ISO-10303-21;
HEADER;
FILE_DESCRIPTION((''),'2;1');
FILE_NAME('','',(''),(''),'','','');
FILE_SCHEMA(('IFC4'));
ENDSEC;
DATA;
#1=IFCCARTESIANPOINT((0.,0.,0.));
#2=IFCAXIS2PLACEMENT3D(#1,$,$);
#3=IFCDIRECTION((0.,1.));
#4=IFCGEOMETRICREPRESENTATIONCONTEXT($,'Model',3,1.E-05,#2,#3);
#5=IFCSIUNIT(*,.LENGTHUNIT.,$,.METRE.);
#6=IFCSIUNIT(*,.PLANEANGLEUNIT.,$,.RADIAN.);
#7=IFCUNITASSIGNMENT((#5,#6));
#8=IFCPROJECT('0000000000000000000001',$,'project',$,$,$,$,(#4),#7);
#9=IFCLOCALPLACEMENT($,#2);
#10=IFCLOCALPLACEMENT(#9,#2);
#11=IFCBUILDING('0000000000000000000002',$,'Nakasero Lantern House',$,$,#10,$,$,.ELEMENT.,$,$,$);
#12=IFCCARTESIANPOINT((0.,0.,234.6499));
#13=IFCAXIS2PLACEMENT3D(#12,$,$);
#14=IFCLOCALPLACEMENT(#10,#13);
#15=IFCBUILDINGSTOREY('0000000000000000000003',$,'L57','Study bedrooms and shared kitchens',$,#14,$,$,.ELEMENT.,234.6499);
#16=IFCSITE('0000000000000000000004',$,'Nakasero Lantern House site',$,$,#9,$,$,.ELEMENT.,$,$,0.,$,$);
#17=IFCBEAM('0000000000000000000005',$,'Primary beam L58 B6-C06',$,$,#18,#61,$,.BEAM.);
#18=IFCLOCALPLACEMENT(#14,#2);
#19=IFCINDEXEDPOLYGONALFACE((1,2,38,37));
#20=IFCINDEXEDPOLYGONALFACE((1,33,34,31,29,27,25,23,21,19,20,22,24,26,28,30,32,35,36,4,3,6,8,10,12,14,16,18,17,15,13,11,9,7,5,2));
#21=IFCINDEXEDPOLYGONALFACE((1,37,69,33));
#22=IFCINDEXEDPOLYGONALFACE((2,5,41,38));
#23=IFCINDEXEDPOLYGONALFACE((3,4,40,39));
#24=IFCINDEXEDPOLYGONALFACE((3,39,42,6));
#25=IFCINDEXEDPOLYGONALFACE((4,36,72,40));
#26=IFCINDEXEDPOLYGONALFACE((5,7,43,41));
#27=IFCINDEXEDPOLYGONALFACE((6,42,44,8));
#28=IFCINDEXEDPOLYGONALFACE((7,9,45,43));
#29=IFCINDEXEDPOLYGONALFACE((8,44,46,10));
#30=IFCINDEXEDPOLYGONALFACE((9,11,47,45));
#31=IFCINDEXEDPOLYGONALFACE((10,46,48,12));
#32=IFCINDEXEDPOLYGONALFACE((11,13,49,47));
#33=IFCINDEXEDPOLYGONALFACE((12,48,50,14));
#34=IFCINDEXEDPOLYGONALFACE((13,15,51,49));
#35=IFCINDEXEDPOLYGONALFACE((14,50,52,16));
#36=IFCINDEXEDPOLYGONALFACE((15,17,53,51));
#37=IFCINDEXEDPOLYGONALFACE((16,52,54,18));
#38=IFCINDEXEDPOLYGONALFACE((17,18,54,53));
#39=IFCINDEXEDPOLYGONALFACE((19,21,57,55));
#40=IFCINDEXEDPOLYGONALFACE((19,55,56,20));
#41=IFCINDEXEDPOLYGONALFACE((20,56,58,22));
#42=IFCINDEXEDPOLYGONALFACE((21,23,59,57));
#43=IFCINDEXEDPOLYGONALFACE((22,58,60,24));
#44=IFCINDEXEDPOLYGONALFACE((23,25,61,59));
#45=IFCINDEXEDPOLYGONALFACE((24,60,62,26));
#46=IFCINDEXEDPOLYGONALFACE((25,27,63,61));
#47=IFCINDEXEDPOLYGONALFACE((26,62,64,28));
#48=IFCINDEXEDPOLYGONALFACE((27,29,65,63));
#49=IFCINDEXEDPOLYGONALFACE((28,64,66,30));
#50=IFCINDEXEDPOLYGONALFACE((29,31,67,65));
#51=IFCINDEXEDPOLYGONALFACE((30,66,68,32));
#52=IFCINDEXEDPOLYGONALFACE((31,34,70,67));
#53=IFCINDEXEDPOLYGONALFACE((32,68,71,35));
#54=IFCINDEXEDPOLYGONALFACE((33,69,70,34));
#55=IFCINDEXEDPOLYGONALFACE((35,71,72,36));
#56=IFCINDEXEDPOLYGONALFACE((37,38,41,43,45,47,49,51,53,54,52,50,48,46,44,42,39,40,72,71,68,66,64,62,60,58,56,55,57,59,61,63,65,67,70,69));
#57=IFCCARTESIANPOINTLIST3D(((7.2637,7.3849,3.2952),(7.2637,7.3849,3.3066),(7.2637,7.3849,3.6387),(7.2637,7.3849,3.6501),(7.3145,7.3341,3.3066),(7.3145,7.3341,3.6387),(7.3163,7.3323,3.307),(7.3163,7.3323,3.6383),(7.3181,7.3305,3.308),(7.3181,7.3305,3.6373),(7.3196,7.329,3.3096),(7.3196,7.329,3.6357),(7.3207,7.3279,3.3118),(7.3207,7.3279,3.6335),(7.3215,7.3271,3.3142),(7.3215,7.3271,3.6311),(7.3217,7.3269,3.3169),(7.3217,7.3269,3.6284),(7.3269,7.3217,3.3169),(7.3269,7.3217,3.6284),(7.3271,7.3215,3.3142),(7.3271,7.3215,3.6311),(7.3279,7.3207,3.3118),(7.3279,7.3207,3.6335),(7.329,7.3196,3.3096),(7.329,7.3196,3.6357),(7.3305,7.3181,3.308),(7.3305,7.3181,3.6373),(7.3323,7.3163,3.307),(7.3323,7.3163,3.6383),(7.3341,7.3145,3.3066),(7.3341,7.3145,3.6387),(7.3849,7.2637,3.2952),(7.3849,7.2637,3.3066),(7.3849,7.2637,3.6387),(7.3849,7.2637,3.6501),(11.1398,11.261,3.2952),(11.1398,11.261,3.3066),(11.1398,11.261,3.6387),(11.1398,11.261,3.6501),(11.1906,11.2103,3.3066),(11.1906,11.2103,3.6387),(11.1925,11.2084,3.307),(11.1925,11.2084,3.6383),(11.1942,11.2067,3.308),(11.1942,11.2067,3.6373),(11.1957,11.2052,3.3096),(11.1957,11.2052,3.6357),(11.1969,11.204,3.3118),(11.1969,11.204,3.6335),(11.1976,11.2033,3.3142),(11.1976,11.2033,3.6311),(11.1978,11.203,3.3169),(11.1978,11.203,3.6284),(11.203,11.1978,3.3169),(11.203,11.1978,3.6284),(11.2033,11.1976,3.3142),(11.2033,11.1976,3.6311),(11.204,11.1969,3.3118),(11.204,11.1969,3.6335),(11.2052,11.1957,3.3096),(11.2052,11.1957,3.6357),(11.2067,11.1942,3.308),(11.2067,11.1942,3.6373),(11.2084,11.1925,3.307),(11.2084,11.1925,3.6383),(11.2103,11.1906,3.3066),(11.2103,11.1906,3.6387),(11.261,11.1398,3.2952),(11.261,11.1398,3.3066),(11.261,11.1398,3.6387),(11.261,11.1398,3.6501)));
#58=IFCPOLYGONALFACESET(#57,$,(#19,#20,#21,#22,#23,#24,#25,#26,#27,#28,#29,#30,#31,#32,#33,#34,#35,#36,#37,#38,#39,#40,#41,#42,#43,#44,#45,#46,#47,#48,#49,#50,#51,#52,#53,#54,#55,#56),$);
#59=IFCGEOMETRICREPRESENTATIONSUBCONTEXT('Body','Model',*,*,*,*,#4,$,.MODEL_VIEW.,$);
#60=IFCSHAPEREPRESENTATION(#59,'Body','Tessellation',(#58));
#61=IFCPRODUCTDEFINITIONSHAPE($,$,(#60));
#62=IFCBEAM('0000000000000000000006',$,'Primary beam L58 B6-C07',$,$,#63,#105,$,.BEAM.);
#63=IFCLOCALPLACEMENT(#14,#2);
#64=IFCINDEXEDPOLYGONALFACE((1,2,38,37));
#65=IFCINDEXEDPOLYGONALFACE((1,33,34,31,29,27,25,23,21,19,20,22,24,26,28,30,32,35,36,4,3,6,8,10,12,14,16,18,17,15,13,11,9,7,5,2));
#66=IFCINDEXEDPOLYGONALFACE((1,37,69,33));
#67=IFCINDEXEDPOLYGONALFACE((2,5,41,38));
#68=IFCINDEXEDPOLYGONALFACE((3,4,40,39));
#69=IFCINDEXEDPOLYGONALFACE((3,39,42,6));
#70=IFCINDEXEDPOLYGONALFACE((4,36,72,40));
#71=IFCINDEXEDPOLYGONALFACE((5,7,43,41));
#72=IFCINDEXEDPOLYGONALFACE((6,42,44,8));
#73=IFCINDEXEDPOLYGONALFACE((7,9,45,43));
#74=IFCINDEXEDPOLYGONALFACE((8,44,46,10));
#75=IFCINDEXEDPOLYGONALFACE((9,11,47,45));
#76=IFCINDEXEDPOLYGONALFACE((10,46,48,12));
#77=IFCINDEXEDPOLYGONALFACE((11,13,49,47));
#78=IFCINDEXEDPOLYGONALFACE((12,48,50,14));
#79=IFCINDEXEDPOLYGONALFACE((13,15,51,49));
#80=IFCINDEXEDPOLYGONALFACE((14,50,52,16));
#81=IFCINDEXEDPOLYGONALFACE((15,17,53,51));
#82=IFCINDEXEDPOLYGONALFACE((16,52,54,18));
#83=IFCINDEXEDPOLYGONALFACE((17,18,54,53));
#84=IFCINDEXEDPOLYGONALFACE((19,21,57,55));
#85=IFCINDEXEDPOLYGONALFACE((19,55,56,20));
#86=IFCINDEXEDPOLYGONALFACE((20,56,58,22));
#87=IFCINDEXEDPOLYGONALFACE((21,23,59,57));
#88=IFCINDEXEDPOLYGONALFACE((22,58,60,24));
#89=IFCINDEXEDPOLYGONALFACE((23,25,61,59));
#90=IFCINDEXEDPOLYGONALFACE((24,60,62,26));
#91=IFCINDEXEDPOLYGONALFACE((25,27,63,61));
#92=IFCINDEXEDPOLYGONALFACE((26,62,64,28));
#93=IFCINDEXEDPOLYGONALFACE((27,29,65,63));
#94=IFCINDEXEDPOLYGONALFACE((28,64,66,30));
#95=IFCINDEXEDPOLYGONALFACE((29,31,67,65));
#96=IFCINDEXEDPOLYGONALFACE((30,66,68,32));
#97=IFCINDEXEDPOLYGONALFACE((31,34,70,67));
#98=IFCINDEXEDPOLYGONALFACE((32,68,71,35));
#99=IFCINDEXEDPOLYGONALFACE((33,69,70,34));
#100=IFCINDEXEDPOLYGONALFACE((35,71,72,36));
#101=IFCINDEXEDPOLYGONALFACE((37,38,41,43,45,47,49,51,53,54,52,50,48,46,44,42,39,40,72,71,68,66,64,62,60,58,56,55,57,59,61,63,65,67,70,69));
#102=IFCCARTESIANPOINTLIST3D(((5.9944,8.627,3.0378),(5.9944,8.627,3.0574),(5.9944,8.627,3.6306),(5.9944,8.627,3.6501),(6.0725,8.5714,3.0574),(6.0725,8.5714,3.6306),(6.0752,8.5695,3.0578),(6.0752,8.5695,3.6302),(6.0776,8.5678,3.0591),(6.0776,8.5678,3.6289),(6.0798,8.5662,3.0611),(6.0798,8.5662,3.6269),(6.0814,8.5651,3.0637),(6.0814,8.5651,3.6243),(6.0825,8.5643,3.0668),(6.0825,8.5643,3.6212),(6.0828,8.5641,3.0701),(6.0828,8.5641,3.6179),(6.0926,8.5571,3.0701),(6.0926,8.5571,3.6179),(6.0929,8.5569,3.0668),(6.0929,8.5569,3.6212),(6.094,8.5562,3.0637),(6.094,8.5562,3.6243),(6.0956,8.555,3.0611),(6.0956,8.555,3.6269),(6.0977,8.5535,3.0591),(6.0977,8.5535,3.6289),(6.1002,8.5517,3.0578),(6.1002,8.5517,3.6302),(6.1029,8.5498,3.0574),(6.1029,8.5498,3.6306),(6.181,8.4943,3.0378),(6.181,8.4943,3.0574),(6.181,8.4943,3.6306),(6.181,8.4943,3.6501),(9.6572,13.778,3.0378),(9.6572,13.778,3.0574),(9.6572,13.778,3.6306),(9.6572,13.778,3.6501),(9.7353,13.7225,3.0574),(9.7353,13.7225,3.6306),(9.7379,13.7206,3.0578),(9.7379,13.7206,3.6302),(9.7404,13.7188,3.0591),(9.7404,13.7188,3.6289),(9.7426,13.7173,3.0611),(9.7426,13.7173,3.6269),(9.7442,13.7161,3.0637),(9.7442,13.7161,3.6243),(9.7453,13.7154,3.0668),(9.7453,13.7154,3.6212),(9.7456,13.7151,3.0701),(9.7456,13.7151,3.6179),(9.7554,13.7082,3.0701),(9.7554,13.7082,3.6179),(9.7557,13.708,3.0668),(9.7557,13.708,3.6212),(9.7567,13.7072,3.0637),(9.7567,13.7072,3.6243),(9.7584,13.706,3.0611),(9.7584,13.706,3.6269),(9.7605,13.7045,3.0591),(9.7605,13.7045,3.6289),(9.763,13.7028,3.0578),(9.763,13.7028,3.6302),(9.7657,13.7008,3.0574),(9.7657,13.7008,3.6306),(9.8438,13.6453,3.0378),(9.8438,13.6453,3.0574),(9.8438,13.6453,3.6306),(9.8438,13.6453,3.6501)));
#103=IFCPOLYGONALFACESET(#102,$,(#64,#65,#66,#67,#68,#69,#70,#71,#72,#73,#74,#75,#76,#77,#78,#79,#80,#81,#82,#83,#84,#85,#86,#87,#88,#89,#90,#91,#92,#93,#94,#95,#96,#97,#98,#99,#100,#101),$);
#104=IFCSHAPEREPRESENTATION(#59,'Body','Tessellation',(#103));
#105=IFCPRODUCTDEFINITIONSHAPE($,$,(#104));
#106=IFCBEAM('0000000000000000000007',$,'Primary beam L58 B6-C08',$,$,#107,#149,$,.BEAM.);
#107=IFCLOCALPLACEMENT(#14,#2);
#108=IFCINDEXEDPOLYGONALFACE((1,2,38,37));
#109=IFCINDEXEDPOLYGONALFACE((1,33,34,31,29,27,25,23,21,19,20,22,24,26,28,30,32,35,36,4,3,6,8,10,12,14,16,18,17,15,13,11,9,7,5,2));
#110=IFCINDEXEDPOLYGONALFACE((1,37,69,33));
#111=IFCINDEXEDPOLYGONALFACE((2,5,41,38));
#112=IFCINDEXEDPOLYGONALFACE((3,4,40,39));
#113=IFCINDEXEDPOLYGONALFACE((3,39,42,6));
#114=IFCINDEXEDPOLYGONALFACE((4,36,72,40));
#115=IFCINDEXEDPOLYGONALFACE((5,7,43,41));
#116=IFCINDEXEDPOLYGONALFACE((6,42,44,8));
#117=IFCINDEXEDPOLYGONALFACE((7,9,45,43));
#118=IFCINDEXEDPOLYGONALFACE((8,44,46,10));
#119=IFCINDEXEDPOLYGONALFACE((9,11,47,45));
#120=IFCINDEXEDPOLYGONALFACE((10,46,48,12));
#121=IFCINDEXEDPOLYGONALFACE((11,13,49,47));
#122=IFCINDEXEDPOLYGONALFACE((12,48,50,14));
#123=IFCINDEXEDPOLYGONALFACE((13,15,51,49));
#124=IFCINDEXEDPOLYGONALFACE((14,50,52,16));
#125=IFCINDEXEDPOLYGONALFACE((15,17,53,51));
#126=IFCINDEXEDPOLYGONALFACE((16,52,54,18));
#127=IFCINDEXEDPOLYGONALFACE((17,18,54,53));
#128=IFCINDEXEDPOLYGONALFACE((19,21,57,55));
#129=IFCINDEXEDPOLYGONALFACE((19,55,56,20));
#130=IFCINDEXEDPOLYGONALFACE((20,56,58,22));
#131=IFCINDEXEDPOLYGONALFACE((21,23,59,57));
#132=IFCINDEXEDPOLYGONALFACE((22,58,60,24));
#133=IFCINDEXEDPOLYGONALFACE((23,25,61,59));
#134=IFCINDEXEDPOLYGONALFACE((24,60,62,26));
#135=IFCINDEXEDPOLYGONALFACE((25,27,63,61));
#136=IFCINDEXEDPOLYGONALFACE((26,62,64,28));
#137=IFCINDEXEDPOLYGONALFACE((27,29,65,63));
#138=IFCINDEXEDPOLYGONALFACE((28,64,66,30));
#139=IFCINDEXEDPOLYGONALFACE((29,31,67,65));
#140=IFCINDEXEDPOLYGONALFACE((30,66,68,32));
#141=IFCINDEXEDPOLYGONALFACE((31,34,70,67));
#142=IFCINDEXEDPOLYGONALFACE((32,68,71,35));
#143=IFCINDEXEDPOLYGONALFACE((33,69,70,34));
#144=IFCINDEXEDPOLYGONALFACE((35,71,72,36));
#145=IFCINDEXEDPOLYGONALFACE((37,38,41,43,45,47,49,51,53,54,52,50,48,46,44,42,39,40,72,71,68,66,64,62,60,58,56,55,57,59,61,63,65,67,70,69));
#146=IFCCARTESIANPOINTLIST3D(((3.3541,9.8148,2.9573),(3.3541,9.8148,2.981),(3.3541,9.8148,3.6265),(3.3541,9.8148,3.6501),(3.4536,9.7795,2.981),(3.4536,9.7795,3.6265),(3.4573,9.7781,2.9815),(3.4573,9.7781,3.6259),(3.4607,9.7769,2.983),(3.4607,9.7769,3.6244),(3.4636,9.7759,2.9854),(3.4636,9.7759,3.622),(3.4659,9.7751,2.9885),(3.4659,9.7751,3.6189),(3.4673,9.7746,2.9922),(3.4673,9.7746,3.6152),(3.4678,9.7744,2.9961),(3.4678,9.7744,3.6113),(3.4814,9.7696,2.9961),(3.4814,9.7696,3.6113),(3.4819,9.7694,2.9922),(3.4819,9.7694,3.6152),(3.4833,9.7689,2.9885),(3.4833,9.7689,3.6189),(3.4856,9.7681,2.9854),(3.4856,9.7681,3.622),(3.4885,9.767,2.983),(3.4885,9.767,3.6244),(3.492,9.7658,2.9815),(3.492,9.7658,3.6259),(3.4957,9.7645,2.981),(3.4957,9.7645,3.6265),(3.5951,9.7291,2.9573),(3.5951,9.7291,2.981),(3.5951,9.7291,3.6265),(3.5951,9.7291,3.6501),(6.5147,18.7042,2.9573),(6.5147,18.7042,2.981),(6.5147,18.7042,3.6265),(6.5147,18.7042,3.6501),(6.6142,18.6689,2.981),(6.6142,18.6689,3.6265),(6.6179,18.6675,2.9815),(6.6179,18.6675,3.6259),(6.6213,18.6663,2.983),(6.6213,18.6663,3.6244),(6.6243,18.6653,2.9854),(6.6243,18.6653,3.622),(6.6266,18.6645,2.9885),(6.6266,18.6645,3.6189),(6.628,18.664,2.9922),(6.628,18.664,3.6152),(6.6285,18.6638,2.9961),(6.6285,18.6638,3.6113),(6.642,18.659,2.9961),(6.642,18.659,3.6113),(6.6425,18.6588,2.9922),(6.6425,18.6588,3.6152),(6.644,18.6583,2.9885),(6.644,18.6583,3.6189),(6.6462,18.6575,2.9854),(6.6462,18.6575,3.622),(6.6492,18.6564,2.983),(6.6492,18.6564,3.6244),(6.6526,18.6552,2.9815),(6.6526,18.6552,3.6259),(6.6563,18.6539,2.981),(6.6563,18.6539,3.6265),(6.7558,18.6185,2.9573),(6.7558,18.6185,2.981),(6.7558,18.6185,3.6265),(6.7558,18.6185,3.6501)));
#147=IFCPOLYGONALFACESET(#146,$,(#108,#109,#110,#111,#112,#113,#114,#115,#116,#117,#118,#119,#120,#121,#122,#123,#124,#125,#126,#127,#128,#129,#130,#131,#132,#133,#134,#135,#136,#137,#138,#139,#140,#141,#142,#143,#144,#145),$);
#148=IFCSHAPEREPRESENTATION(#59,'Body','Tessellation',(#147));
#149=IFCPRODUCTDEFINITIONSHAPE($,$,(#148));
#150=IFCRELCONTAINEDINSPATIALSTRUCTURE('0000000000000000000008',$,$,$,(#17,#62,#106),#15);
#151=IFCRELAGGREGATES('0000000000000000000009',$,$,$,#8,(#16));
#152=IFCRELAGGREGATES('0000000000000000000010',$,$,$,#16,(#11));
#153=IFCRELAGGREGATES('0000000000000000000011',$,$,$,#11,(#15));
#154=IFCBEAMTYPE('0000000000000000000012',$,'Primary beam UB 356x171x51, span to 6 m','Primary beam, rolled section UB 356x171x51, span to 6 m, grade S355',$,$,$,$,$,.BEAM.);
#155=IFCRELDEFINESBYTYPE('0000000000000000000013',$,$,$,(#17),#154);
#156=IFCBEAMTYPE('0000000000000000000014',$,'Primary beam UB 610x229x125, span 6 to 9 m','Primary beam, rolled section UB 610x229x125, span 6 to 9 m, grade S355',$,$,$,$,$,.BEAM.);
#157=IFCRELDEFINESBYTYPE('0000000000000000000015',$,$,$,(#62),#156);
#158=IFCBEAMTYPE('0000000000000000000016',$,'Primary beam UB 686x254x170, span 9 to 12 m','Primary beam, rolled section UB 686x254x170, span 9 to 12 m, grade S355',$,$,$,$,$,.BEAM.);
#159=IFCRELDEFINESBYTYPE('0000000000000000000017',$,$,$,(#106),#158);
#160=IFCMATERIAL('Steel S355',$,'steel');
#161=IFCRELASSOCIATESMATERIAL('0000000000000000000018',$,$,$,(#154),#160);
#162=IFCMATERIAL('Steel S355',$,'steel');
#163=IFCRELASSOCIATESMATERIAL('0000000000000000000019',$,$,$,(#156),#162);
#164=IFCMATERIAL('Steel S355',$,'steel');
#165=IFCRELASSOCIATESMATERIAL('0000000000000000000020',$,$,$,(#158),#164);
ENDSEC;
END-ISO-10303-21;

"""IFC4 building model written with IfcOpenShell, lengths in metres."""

from ifc_helpers import new_model, si_unit, direction, frame, origin, origin_2d, place, context, subcontext, project, spatial, i_section, extrude, material, material_profile, profile_set, type_object, element, save


model = new_model("IFC4")

# Units and contexts
model_context = context("Model", 3, precision=1e-05, world=origin(), true_north=direction((0.0, 1.0)))
body_context = subcontext(model_context, "Body", "Model", "MODEL_VIEW")
ifc_project = project(units=[si_unit("LENGTHUNIT", "METRE"), si_unit("PLANEANGLEUNIT", "RADIAN")], contexts=[model_context])

# Site, building, storey
site_placement = place(None, origin())
site = spatial("IfcSite", under=ifc_project, at=site_placement, Name="Nakasero Lantern House site", CompositionType="ELEMENT", RefElevation=0.0)
building_placement = place(site_placement, origin())
building = spatial("IfcBuilding", under=site, at=building_placement, Name="Nakasero Lantern House", CompositionType="ELEMENT")
storey_placement = place(building_placement, frame((0.0, 0.0, 234.6499)))
storey = spatial("IfcBuildingStorey", under=building, at=storey_placement, Name="L57", Description="Study bedrooms and shared kitchens", CompositionType="ELEMENT", Elevation=234.6499)

# Beams
ifc_material_1 = material(Name="Steel S355", Category="steel")
ifc_material_profile_1 = material_profile(ifc_material_1, i_section(OverallWidth=0.1714, OverallDepth=0.355, WebThickness=0.0073, FlangeThickness=0.0115, FilletRadius=0.0103, at=origin_2d()), Name="UB 356x171x51")
ifc_profile_set_1 = profile_set([ifc_material_profile_1], Name="Steel S355")
beam_type_1 = type_object("IfcBeamType", Name="Primary beam UB 356x171x51, span to 6 m", Description="Primary beam, rolled section UB 356x171x51, span to 6 m, grade S355", PredefinedType="BEAM", material=ifc_profile_set_1)
beam_1_placement = place(storey_placement, frame((11.2004, 11.2004, 3.4727), z_axis=(-0.707107, -0.707107, 0.0), x_axis=(0.707107, -0.707107, 0.0)))
element("IfcBeam", 1, at=beam_1_placement, inside=storey, type_object=beam_type_1, Name="Primary beam L58 B6-C06", PredefinedType="BEAM", context=body_context, shape_type="SweptSolid", body=[
    extrude(i_section(OverallWidth=0.1714, OverallDepth=0.355, WebThickness=0.0073, FlangeThickness=0.0115, FilletRadius=0.0103, at=origin_2d()), origin(), (0.0, 0.0, 1.0), 5.4817),
])
ifc_material_2 = material(Name="Steel S355", Category="steel")
ifc_material_profile_2 = material_profile(ifc_material_2, i_section(OverallWidth=0.229, OverallDepth=0.6123, WebThickness=0.012, FlangeThickness=0.0195, FilletRadius=0.0127, at=origin_2d()), Name="UB 610x229x125")
ifc_profile_set_2 = profile_set([ifc_material_profile_2], Name="Steel S355")
beam_type_2 = type_object("IfcBeamType", Name="Primary beam UB 610x229x125, span 6 to 9 m", Description="Primary beam, rolled section UB 610x229x125, span 6 to 9 m, grade S355", PredefinedType="BEAM", material=ifc_profile_set_2)
beam_2_placement = place(storey_placement, frame((9.7505, 13.7117, 3.344), z_axis=(-0.579505, -0.814969, 0.0), x_axis=(0.814969, -0.579505, 0.0)))
element("IfcBeam", 2, at=beam_2_placement, inside=storey, type_object=beam_type_2, Name="Primary beam L58 B6-C07", PredefinedType="BEAM", context=body_context, shape_type="SweptSolid", body=[
    extrude(i_section(OverallWidth=0.229, OverallDepth=0.6123, WebThickness=0.012, FlangeThickness=0.0195, FilletRadius=0.0127, at=origin_2d()), origin(), (0.0, 0.0, 1.0), 6.3206),
])
ifc_material_3 = material(Name="Steel S355", Category="steel")
ifc_material_profile_3 = material_profile(ifc_material_3, i_section(OverallWidth=0.2559, OverallDepth=0.6929, WebThickness=0.0144, FlangeThickness=0.0237, FilletRadius=0.0151, at=origin_2d()), Name="UB 686x254x170")
ifc_profile_set_3 = profile_set([ifc_material_profile_3], Name="Steel S355")
beam_type_3 = type_object("IfcBeamType", Name="Primary beam UB 686x254x170, span 9 to 12 m", Description="Primary beam, rolled section UB 686x254x170, span 9 to 12 m, grade S355", PredefinedType="BEAM", material=ifc_profile_set_3)
beam_3_placement = place(storey_placement, frame((6.6353, 18.6614, 3.3037), z_axis=(-0.335007, -0.942216, 0.0), x_axis=(0.942216, -0.335007, 0.0)))
element("IfcBeam", 3, at=beam_3_placement, inside=storey, type_object=beam_type_3, Name="Primary beam L58 B6-C08", PredefinedType="BEAM", context=body_context, shape_type="SweptSolid", body=[
    extrude(i_section(OverallWidth=0.2559, OverallDepth=0.6929, WebThickness=0.0144, FlangeThickness=0.0237, FilletRadius=0.0151, at=origin_2d()), origin(), (0.0, 0.0, 1.0), 9.4346),
])

save(model, "model.ifc")
